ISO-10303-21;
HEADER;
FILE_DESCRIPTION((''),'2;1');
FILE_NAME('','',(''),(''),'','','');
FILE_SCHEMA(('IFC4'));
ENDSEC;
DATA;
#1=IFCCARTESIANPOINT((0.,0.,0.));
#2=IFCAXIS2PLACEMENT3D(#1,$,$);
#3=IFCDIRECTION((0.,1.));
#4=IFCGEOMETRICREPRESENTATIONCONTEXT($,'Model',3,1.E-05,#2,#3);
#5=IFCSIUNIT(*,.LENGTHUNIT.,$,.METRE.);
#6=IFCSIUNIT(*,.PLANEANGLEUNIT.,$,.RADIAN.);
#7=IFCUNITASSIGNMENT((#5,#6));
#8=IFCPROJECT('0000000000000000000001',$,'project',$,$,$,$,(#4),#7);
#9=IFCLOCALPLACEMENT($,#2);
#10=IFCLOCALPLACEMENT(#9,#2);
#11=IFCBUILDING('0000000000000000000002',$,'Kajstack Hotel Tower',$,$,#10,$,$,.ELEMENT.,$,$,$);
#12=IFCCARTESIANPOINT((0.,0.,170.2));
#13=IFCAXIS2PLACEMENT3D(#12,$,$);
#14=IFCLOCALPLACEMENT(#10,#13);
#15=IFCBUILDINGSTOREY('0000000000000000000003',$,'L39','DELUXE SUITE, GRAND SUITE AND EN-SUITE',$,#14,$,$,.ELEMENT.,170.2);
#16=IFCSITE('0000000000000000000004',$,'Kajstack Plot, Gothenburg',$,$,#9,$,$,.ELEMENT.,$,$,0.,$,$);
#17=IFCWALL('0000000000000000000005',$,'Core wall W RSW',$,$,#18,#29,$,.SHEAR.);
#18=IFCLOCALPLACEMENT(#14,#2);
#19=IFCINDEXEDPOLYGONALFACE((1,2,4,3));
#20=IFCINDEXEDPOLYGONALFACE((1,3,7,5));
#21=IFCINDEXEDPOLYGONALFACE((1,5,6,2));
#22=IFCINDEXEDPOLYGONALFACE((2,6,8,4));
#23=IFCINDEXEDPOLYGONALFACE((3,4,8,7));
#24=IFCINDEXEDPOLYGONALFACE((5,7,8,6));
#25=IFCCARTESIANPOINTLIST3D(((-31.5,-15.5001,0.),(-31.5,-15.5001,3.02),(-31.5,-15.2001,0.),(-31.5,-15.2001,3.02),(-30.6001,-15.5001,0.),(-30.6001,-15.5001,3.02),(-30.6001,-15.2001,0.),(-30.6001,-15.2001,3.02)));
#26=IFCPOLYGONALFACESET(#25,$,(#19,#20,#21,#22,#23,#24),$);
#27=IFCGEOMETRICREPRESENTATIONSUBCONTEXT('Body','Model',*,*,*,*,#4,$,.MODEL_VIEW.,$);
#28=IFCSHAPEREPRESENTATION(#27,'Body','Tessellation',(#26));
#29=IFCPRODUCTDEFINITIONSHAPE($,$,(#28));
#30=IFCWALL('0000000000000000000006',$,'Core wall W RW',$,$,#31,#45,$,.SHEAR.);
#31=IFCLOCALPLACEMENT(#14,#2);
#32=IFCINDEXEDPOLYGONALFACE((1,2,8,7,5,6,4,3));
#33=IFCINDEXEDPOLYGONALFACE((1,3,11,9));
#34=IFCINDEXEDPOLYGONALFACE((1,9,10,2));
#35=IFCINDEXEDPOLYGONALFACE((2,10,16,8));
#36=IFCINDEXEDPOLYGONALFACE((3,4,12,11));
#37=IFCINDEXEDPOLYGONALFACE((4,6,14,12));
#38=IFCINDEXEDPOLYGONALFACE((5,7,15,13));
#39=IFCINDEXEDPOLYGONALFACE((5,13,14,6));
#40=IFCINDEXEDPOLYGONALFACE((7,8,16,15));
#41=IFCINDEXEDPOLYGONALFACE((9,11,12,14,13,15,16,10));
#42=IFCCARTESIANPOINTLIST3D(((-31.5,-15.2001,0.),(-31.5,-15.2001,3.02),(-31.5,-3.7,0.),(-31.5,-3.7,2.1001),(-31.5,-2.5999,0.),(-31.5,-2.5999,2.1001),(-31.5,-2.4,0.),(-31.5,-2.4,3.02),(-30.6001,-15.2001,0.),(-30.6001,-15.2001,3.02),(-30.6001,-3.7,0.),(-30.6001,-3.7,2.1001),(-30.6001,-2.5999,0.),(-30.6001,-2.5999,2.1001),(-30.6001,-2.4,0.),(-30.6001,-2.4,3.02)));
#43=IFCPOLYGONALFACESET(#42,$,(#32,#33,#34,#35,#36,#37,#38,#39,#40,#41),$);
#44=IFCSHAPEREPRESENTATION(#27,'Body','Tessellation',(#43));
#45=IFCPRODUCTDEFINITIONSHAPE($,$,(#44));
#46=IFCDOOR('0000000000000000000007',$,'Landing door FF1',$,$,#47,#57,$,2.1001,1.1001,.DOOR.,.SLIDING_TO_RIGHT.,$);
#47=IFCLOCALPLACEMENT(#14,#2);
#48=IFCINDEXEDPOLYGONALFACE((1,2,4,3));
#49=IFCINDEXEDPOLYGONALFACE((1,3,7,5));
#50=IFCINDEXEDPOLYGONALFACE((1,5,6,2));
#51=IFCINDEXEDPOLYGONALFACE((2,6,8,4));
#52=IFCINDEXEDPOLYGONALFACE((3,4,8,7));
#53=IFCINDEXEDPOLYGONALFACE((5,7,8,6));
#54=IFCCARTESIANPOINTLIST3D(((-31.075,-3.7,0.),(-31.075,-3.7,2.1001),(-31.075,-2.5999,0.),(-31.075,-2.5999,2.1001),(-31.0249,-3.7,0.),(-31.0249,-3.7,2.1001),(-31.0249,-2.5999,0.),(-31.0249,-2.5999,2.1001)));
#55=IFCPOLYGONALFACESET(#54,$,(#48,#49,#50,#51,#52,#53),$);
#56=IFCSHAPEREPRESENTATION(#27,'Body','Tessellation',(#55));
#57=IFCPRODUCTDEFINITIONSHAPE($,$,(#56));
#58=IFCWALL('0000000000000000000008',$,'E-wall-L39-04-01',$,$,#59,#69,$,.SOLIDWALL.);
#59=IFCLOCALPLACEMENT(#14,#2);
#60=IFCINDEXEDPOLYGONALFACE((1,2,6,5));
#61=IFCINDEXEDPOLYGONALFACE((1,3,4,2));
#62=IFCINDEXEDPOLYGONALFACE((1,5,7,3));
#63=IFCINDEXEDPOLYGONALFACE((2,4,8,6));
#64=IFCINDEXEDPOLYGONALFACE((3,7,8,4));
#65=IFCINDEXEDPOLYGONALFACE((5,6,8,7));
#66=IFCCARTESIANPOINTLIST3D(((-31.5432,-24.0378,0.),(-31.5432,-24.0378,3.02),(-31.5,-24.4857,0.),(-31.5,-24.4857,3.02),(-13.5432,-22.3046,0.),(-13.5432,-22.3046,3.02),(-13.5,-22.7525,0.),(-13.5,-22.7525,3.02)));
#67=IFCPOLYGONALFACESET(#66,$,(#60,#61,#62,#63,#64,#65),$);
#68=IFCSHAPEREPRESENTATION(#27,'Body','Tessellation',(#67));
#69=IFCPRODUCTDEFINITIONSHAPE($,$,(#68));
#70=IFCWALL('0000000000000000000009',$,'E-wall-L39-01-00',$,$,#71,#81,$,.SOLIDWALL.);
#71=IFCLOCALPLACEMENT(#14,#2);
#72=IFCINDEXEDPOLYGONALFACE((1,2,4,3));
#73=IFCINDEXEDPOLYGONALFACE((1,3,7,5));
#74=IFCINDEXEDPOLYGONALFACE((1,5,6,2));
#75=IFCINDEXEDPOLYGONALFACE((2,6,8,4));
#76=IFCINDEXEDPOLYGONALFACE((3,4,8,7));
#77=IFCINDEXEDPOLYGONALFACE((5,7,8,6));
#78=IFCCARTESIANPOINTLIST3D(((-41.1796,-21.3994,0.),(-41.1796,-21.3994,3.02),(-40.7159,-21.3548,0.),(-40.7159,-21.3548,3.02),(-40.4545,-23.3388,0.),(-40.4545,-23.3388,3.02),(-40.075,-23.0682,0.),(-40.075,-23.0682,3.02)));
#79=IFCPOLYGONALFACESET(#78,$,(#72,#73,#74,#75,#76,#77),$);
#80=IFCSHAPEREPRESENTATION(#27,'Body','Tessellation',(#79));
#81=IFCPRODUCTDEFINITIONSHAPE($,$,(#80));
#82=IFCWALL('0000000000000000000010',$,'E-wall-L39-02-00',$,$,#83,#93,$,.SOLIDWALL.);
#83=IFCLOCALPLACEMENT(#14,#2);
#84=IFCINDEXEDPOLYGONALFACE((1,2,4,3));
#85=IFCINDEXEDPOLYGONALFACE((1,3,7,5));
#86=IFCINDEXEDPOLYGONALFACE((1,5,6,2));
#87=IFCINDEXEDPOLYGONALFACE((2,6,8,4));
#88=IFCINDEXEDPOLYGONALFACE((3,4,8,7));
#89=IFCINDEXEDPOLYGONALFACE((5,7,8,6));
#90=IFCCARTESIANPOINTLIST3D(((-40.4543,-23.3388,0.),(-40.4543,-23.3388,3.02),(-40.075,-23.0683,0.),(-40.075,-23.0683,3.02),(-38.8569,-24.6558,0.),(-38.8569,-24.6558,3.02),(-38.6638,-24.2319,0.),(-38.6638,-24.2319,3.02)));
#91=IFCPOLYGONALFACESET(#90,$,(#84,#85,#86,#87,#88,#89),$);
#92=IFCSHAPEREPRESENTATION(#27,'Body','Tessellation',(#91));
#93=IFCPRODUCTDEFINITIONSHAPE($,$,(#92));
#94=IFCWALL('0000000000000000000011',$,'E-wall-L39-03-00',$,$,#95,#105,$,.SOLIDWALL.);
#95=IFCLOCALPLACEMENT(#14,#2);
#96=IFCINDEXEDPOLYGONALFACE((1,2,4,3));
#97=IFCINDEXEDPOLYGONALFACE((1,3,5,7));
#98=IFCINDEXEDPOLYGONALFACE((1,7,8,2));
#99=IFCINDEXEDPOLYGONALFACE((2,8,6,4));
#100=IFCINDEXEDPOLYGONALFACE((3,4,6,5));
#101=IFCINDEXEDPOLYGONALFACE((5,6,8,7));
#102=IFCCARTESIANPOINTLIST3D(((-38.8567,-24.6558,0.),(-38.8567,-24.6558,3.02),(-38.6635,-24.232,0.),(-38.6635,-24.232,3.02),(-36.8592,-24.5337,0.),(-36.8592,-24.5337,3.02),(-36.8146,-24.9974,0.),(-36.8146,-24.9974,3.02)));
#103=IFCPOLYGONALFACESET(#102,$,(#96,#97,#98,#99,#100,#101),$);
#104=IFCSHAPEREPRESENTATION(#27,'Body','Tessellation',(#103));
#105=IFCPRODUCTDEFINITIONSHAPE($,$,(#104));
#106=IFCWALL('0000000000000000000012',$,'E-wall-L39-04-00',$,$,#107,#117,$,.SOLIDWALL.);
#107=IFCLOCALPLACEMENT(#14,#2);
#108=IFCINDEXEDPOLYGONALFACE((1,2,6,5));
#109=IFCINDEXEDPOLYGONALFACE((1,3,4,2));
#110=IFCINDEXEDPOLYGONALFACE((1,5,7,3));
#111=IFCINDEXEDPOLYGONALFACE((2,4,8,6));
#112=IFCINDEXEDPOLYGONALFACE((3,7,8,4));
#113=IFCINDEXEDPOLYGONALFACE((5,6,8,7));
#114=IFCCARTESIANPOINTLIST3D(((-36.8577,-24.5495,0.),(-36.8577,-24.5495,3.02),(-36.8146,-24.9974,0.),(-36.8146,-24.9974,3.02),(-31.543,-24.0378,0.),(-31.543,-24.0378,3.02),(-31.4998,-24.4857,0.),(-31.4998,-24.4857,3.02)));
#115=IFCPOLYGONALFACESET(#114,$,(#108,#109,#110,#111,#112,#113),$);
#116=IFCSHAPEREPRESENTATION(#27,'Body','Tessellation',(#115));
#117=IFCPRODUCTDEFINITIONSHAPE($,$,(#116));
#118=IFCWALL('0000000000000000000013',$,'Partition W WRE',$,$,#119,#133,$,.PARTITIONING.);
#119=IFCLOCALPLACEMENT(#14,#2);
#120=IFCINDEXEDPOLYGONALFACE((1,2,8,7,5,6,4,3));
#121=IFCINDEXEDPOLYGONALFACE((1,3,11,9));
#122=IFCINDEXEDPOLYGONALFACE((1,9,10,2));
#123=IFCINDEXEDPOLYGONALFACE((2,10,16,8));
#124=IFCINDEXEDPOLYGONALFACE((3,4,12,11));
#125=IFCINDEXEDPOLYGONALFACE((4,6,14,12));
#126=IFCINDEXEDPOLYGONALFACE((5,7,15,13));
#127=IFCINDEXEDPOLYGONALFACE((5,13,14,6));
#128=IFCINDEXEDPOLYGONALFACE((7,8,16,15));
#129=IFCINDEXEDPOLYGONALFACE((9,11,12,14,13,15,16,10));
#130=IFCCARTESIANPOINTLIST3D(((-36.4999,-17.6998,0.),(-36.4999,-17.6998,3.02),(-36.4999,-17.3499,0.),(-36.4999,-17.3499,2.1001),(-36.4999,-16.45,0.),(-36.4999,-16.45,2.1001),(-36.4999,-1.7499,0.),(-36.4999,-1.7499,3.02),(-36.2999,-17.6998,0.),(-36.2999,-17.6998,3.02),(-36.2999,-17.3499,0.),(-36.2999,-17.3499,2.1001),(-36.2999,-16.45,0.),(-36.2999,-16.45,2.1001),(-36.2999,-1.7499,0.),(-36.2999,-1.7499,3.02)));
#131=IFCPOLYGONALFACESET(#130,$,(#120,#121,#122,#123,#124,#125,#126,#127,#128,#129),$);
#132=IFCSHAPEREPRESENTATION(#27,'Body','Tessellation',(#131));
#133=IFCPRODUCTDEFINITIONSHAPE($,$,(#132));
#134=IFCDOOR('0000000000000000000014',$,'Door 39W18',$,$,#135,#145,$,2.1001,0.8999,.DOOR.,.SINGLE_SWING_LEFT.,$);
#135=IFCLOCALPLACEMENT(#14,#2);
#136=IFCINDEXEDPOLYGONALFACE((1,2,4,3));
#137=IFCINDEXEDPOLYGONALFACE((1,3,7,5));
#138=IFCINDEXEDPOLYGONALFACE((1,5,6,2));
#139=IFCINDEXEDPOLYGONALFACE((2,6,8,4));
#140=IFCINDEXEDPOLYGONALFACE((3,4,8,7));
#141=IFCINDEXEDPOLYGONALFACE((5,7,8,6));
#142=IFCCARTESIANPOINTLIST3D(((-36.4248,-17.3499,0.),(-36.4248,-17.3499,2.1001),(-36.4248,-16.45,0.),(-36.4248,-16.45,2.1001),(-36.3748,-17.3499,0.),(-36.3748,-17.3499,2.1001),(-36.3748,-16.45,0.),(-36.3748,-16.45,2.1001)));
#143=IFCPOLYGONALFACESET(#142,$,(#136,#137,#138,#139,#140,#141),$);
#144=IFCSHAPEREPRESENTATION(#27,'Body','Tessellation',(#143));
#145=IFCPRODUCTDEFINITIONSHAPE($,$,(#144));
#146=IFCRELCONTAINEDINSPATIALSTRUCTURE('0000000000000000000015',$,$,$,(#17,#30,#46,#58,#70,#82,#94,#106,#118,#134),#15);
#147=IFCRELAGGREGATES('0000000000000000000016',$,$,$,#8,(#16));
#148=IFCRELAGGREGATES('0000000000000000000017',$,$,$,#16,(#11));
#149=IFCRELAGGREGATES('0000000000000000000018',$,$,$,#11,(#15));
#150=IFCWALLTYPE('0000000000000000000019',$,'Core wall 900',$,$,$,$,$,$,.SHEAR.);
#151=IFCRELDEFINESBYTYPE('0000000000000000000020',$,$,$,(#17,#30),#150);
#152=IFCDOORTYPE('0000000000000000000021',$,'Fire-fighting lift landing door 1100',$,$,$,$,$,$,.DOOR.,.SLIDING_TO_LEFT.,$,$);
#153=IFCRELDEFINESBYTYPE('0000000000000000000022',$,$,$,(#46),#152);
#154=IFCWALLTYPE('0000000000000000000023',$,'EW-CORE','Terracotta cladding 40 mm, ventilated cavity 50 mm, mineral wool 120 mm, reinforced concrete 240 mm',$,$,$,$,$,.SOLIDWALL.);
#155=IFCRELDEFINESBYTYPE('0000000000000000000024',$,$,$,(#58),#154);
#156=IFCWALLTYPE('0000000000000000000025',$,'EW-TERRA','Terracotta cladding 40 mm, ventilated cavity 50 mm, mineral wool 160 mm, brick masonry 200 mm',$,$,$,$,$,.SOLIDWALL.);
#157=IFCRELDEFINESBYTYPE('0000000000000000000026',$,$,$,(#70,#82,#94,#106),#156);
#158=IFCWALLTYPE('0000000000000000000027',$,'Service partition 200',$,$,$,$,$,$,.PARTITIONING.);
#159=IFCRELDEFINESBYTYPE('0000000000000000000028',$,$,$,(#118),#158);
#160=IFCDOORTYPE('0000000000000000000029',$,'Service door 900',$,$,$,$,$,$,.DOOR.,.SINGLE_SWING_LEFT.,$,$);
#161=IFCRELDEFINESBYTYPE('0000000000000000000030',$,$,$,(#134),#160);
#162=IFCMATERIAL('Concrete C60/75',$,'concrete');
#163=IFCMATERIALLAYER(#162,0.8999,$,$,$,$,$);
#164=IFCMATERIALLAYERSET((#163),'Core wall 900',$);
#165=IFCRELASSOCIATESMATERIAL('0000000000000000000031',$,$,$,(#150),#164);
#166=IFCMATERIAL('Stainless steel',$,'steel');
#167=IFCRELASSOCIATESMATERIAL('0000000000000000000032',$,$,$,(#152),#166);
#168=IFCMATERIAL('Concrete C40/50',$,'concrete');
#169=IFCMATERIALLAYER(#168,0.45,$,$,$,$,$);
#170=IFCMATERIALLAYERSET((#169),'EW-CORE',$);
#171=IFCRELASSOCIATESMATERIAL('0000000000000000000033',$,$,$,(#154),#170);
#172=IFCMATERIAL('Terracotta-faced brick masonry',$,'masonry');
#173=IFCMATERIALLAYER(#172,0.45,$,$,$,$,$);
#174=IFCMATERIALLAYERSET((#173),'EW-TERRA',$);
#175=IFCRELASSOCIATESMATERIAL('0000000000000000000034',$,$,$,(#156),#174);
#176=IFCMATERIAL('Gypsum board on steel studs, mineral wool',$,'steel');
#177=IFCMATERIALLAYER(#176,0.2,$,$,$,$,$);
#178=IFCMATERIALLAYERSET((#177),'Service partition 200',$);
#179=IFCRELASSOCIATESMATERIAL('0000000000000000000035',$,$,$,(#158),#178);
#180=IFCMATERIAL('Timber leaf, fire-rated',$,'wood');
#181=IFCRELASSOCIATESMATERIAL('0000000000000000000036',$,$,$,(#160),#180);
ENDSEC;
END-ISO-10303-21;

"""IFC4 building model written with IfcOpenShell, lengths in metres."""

from ifc_helpers import new_model, si_unit, direction, frame, frame_2d, origin, place, context, subcontext, project, spatial, polyline, rectangle, outline, extrude, material, layer, layer_set, type_object, element, fill, save


model = new_model("IFC4")

# Units and contexts
model_context = context("Model", 3, precision=1e-05, world=origin(), true_north=direction((0.0, 1.0)))
body_context = subcontext(model_context, "Body", "Model", "MODEL_VIEW")
ifc_project = project(units=[si_unit("LENGTHUNIT", "METRE"), si_unit("PLANEANGLEUNIT", "RADIAN")], contexts=[model_context])

# Site, building, storey
site_placement = place(None, origin())
site = spatial("IfcSite", under=ifc_project, at=site_placement, Name="Kajstack Plot, Gothenburg", CompositionType="ELEMENT", RefElevation=0.0)
building_placement = place(site_placement, origin())
building = spatial("IfcBuilding", under=site, at=building_placement, Name="Kajstack Hotel Tower", CompositionType="ELEMENT")
storey_placement = place(building_placement, frame((0.0, 0.0, 170.2)))
storey = spatial("IfcBuildingStorey", under=building, at=storey_placement, Name="L39", Description="DELUXE SUITE, GRAND SUITE AND EN-SUITE", CompositionType="ELEMENT", Elevation=170.2)

# Wall
ifc_material_1 = material(Name="Concrete C60/75", Category="concrete")
ifc_layer_1 = layer(ifc_material_1, 0.8999)
ifc_layer_set_1 = layer_set([ifc_layer_1], Name="Core wall 900")
wall_type_1 = type_object("IfcWallType", Name="Core wall 900", PredefinedType="SHEAR", material=ifc_layer_set_1)
wall_1_placement = place(storey_placement, frame((-31.5, -15.3501, 0.0), z_axis=(0.0, 0.0, 1.0), x_axis=(1.0, 0.0, 0.0)))
element("IfcWall", 1, at=wall_1_placement, inside=storey, type_object=wall_type_1, Name="Core wall W RSW", PredefinedType="SHEAR", context=body_context, shape_type="SweptSolid", body=[
    extrude(rectangle(XDim=0.8999, YDim=0.3, at=frame_2d((0.45, 0.0))), origin(), (0.0, 0.0, 1.0), 3.02),
])

# Wall, opening, door
wall_2_placement = place(storey_placement, frame((-31.05, -15.2, 0.0), z_axis=(0.0, 0.0, 1.0), x_axis=(0.0, 1.0, 0.0)))
wall_2 = element("IfcWall", 2, at=wall_2_placement, inside=storey, type_object=wall_type_1, Name="Core wall W RW", PredefinedType="SHEAR", context=body_context, shape_type="SweptSolid", body=[
    extrude(rectangle(XDim=12.8, YDim=0.8999, at=frame_2d((6.3999, 0.0))), origin(), (0.0, 0.0, 1.0), 3.02),
])
opening_1_placement = place(wall_2_placement, frame((11.5, 0.0, 0.0)))
opening_1 = element("IfcOpeningElement", 3, at=opening_1_placement, cuts=wall_2, PredefinedType="OPENING", context=body_context, shape_type="SweptSolid", body=[
    extrude(rectangle(XDim=1.1001, YDim=2.1001, at=frame_2d((0.55, 1.05))), frame((0.0, 0.46, 0.0), z_axis=(0.0, -1.0, 0.0), x_axis=(1.0, 0.0, 0.0)), (0.0, 0.0, 1.0), 0.9199),
])
ifc_material_2 = material(Name="Stainless steel", Category="steel")
door_type_1 = type_object("IfcDoorType", Name="Fire-fighting lift landing door 1100", OperationType="SLIDING_TO_LEFT", PredefinedType="DOOR", material=ifc_material_2)
door_1_placement = place(opening_1_placement, origin())
door_1 = element("IfcDoor", 4, at=door_1_placement, inside=storey, type_object=door_type_1, Name="Landing door FF1", OperationType="SLIDING_TO_RIGHT", OverallHeight=2.1001, OverallWidth=1.1001, PredefinedType="DOOR", context=body_context, shape_type="SweptSolid", body=[
    extrude(rectangle(XDim=1.1001, YDim=2.1001, at=frame_2d((0.55, 1.05))), frame((0.0, 0.0249, 0.0), z_axis=(0.0, -1.0, 0.0), x_axis=(1.0, 0.0, 0.0)), (0.0, 0.0, 1.0), 0.05),
])
fill(opening_1, door_1)

# Walls
ifc_material_3 = material(Name="Concrete C40/50", Category="concrete")
ifc_layer_2 = layer(ifc_material_3, 0.45)
ifc_layer_set_2 = layer_set([ifc_layer_2], Name="EW-CORE")
wall_type_2 = type_object("IfcWallType", Name="EW-CORE", Description="Terracotta cladding 40 mm, ventilated cavity 50 mm, mineral wool 120 mm, reinforced concrete 240 mm", PredefinedType="SOLIDWALL", material=ifc_layer_set_2)
wall_3_placement = place(storey_placement, frame((-31.5215, -24.2617, 0.0), z_axis=(0.0, 0.0, 1.0), x_axis=(0.995396, 0.095843, 0.0)))
element("IfcWall", 5, at=wall_3_placement, inside=storey, type_object=wall_type_2, Name="E-wall-L39-04-01", PredefinedType="SOLIDWALL", context=body_context, shape_type="SweptSolid", body=[
    extrude(rectangle(XDim=18.0833, YDim=0.45, at=frame_2d((9.0415, 0.0))), origin(), (0.0, 0.0, 1.0), 3.02),
])
ifc_material_4 = material(Name="Terracotta-faced brick masonry", Category="masonry")
ifc_layer_3 = layer(ifc_material_4, 0.45)
ifc_layer_set_3 = layer_set([ifc_layer_3], Name="EW-TERRA")
wall_type_3 = type_object("IfcWallType", Name="EW-TERRA", Description="Terracotta cladding 40 mm, ventilated cavity 50 mm, mineral wool 160 mm, brick masonry 200 mm", PredefinedType="SOLIDWALL", material=ifc_layer_set_3)
wall_4_placement = place(storey_placement, frame((-40.9688, -21.3206, 0.0), z_axis=(0.0, 0.0, 1.0), x_axis=(0.350193, -0.936678, 0.0)))
element("IfcWall", 6, at=wall_4_placement, inside=storey, type_object=wall_type_3, Name="E-wall-L39-01-00", PredefinedType="SOLIDWALL", context=body_context, shape_type="SweptSolid", body=[
    extrude(outline(polyline([(0.0, -0.2251), (2.0706, -0.2251), (1.95, 0.2251), (0.1206, 0.2249), (0.0, -0.2251)])), origin(), (0.0, 0.0, 1.0), 3.02),
])
wall_5_placement = place(storey_placement, frame((-40.3113, -23.1653, 0.0), z_axis=(0.0, 0.0, 1.0), x_axis=(0.771651, -0.636046, 0.0)))
element("IfcWall", 7, at=wall_5_placement, inside=storey, type_object=wall_type_3, Name="E-wall-L39-02-00", PredefinedType="SOLIDWALL", context=body_context, shape_type="SweptSolid", body=[
    extrude(outline(polyline([(0.0, -0.2249), (2.0703, -0.2251), (1.9497, 0.2249), (0.1206, 0.2251), (0.0, -0.2249)])), origin(), (0.0, 0.0, 1.0), 3.02),
])
wall_6_placement = place(storey_placement, frame((-38.8196, -24.4338, 0.0), z_axis=(0.0, 0.0, 1.0), x_axis=(0.986279, -0.165087, 0.0)))
element("IfcWall", 8, at=wall_6_placement, inside=storey, type_object=wall_type_3, Name="E-wall-L39-03-00", PredefinedType="SOLIDWALL", context=body_context, shape_type="SweptSolid", body=[
    extrude(outline(polyline([(0.0, -0.2251), (2.0706, -0.2249), (1.95, 0.2251), (0.1206, 0.2249), (0.0, -0.2251)])), origin(), (0.0, 0.0, 1.0), 3.02),
])
wall_7_placement = place(storey_placement, frame((-36.8362, -24.7734, 0.0), z_axis=(0.0, 0.0, 1.0), x_axis=(0.995397, 0.09584, 0.0)))
element("IfcWall", 9, at=wall_7_placement, inside=storey, type_object=wall_type_3, Name="E-wall-L39-04-00", PredefinedType="SOLIDWALL", context=body_context, shape_type="SweptSolid", body=[
    extrude(rectangle(XDim=5.3394, YDim=0.45, at=frame_2d((2.6697, 0.0))), origin(), (0.0, 0.0, 1.0), 3.02),
])

# Wall, opening, door
ifc_material_5 = material(Name="Gypsum board on steel studs, mineral wool", Category="steel")
ifc_layer_4 = layer(ifc_material_5, 0.2)
ifc_layer_set_4 = layer_set([ifc_layer_4], Name="Service partition 200")
wall_type_4 = type_object("IfcWallType", Name="Service partition 200", PredefinedType="PARTITIONING", material=ifc_layer_set_4)
wall_8_placement = place(storey_placement, frame((-36.3999, -17.7, 0.0), z_axis=(0.0, 0.0, 1.0), x_axis=(0.0, 1.0, 0.0)))
wall_8 = element("IfcWall", 10, at=wall_8_placement, inside=storey, type_object=wall_type_4, Name="Partition W WRE", PredefinedType="PARTITIONING", context=body_context, shape_type="SweptSolid", body=[
    extrude(rectangle(XDim=15.95, YDim=0.2, at=frame_2d((7.9751, 0.0))), origin(), (0.0, 0.0, 1.0), 3.02),
])
opening_2_placement = place(wall_8_placement, frame((0.3501, 0.0, 0.0)))
opening_2 = element("IfcOpeningElement", 11, at=opening_2_placement, cuts=wall_8, PredefinedType="OPENING", context=body_context, shape_type="SweptSolid", body=[
    extrude(rectangle(XDim=0.8999, YDim=2.1001, at=frame_2d((0.45, 1.05))), frame((0.0, 0.1099, 0.0), z_axis=(0.0, -1.0, 0.0), x_axis=(1.0, 0.0, 0.0)), (0.0, 0.0, 1.0), 0.22),
])
ifc_material_6 = material(Name="Timber leaf, fire-rated", Category="wood")
door_type_2 = type_object("IfcDoorType", Name="Service door 900", OperationType="SINGLE_SWING_LEFT", PredefinedType="DOOR", material=ifc_material_6)
door_2_placement = place(opening_2_placement, origin())
door_2 = element("IfcDoor", 12, at=door_2_placement, inside=storey, type_object=door_type_2, Name="Door 39W18", OperationType="SINGLE_SWING_LEFT", OverallHeight=2.1001, OverallWidth=0.8999, PredefinedType="DOOR", context=body_context, shape_type="SweptSolid", body=[
    extrude(rectangle(XDim=0.8999, YDim=2.1001, at=frame_2d((0.45, 1.05))), frame((0.0, 0.0249, 0.0), z_axis=(0.0, -1.0, 0.0), x_axis=(1.0, 0.0, 0.0)), (0.0, 0.0, 1.0), 0.05),
])
fill(opening_2, door_2)

save(model, "model.ifc")
